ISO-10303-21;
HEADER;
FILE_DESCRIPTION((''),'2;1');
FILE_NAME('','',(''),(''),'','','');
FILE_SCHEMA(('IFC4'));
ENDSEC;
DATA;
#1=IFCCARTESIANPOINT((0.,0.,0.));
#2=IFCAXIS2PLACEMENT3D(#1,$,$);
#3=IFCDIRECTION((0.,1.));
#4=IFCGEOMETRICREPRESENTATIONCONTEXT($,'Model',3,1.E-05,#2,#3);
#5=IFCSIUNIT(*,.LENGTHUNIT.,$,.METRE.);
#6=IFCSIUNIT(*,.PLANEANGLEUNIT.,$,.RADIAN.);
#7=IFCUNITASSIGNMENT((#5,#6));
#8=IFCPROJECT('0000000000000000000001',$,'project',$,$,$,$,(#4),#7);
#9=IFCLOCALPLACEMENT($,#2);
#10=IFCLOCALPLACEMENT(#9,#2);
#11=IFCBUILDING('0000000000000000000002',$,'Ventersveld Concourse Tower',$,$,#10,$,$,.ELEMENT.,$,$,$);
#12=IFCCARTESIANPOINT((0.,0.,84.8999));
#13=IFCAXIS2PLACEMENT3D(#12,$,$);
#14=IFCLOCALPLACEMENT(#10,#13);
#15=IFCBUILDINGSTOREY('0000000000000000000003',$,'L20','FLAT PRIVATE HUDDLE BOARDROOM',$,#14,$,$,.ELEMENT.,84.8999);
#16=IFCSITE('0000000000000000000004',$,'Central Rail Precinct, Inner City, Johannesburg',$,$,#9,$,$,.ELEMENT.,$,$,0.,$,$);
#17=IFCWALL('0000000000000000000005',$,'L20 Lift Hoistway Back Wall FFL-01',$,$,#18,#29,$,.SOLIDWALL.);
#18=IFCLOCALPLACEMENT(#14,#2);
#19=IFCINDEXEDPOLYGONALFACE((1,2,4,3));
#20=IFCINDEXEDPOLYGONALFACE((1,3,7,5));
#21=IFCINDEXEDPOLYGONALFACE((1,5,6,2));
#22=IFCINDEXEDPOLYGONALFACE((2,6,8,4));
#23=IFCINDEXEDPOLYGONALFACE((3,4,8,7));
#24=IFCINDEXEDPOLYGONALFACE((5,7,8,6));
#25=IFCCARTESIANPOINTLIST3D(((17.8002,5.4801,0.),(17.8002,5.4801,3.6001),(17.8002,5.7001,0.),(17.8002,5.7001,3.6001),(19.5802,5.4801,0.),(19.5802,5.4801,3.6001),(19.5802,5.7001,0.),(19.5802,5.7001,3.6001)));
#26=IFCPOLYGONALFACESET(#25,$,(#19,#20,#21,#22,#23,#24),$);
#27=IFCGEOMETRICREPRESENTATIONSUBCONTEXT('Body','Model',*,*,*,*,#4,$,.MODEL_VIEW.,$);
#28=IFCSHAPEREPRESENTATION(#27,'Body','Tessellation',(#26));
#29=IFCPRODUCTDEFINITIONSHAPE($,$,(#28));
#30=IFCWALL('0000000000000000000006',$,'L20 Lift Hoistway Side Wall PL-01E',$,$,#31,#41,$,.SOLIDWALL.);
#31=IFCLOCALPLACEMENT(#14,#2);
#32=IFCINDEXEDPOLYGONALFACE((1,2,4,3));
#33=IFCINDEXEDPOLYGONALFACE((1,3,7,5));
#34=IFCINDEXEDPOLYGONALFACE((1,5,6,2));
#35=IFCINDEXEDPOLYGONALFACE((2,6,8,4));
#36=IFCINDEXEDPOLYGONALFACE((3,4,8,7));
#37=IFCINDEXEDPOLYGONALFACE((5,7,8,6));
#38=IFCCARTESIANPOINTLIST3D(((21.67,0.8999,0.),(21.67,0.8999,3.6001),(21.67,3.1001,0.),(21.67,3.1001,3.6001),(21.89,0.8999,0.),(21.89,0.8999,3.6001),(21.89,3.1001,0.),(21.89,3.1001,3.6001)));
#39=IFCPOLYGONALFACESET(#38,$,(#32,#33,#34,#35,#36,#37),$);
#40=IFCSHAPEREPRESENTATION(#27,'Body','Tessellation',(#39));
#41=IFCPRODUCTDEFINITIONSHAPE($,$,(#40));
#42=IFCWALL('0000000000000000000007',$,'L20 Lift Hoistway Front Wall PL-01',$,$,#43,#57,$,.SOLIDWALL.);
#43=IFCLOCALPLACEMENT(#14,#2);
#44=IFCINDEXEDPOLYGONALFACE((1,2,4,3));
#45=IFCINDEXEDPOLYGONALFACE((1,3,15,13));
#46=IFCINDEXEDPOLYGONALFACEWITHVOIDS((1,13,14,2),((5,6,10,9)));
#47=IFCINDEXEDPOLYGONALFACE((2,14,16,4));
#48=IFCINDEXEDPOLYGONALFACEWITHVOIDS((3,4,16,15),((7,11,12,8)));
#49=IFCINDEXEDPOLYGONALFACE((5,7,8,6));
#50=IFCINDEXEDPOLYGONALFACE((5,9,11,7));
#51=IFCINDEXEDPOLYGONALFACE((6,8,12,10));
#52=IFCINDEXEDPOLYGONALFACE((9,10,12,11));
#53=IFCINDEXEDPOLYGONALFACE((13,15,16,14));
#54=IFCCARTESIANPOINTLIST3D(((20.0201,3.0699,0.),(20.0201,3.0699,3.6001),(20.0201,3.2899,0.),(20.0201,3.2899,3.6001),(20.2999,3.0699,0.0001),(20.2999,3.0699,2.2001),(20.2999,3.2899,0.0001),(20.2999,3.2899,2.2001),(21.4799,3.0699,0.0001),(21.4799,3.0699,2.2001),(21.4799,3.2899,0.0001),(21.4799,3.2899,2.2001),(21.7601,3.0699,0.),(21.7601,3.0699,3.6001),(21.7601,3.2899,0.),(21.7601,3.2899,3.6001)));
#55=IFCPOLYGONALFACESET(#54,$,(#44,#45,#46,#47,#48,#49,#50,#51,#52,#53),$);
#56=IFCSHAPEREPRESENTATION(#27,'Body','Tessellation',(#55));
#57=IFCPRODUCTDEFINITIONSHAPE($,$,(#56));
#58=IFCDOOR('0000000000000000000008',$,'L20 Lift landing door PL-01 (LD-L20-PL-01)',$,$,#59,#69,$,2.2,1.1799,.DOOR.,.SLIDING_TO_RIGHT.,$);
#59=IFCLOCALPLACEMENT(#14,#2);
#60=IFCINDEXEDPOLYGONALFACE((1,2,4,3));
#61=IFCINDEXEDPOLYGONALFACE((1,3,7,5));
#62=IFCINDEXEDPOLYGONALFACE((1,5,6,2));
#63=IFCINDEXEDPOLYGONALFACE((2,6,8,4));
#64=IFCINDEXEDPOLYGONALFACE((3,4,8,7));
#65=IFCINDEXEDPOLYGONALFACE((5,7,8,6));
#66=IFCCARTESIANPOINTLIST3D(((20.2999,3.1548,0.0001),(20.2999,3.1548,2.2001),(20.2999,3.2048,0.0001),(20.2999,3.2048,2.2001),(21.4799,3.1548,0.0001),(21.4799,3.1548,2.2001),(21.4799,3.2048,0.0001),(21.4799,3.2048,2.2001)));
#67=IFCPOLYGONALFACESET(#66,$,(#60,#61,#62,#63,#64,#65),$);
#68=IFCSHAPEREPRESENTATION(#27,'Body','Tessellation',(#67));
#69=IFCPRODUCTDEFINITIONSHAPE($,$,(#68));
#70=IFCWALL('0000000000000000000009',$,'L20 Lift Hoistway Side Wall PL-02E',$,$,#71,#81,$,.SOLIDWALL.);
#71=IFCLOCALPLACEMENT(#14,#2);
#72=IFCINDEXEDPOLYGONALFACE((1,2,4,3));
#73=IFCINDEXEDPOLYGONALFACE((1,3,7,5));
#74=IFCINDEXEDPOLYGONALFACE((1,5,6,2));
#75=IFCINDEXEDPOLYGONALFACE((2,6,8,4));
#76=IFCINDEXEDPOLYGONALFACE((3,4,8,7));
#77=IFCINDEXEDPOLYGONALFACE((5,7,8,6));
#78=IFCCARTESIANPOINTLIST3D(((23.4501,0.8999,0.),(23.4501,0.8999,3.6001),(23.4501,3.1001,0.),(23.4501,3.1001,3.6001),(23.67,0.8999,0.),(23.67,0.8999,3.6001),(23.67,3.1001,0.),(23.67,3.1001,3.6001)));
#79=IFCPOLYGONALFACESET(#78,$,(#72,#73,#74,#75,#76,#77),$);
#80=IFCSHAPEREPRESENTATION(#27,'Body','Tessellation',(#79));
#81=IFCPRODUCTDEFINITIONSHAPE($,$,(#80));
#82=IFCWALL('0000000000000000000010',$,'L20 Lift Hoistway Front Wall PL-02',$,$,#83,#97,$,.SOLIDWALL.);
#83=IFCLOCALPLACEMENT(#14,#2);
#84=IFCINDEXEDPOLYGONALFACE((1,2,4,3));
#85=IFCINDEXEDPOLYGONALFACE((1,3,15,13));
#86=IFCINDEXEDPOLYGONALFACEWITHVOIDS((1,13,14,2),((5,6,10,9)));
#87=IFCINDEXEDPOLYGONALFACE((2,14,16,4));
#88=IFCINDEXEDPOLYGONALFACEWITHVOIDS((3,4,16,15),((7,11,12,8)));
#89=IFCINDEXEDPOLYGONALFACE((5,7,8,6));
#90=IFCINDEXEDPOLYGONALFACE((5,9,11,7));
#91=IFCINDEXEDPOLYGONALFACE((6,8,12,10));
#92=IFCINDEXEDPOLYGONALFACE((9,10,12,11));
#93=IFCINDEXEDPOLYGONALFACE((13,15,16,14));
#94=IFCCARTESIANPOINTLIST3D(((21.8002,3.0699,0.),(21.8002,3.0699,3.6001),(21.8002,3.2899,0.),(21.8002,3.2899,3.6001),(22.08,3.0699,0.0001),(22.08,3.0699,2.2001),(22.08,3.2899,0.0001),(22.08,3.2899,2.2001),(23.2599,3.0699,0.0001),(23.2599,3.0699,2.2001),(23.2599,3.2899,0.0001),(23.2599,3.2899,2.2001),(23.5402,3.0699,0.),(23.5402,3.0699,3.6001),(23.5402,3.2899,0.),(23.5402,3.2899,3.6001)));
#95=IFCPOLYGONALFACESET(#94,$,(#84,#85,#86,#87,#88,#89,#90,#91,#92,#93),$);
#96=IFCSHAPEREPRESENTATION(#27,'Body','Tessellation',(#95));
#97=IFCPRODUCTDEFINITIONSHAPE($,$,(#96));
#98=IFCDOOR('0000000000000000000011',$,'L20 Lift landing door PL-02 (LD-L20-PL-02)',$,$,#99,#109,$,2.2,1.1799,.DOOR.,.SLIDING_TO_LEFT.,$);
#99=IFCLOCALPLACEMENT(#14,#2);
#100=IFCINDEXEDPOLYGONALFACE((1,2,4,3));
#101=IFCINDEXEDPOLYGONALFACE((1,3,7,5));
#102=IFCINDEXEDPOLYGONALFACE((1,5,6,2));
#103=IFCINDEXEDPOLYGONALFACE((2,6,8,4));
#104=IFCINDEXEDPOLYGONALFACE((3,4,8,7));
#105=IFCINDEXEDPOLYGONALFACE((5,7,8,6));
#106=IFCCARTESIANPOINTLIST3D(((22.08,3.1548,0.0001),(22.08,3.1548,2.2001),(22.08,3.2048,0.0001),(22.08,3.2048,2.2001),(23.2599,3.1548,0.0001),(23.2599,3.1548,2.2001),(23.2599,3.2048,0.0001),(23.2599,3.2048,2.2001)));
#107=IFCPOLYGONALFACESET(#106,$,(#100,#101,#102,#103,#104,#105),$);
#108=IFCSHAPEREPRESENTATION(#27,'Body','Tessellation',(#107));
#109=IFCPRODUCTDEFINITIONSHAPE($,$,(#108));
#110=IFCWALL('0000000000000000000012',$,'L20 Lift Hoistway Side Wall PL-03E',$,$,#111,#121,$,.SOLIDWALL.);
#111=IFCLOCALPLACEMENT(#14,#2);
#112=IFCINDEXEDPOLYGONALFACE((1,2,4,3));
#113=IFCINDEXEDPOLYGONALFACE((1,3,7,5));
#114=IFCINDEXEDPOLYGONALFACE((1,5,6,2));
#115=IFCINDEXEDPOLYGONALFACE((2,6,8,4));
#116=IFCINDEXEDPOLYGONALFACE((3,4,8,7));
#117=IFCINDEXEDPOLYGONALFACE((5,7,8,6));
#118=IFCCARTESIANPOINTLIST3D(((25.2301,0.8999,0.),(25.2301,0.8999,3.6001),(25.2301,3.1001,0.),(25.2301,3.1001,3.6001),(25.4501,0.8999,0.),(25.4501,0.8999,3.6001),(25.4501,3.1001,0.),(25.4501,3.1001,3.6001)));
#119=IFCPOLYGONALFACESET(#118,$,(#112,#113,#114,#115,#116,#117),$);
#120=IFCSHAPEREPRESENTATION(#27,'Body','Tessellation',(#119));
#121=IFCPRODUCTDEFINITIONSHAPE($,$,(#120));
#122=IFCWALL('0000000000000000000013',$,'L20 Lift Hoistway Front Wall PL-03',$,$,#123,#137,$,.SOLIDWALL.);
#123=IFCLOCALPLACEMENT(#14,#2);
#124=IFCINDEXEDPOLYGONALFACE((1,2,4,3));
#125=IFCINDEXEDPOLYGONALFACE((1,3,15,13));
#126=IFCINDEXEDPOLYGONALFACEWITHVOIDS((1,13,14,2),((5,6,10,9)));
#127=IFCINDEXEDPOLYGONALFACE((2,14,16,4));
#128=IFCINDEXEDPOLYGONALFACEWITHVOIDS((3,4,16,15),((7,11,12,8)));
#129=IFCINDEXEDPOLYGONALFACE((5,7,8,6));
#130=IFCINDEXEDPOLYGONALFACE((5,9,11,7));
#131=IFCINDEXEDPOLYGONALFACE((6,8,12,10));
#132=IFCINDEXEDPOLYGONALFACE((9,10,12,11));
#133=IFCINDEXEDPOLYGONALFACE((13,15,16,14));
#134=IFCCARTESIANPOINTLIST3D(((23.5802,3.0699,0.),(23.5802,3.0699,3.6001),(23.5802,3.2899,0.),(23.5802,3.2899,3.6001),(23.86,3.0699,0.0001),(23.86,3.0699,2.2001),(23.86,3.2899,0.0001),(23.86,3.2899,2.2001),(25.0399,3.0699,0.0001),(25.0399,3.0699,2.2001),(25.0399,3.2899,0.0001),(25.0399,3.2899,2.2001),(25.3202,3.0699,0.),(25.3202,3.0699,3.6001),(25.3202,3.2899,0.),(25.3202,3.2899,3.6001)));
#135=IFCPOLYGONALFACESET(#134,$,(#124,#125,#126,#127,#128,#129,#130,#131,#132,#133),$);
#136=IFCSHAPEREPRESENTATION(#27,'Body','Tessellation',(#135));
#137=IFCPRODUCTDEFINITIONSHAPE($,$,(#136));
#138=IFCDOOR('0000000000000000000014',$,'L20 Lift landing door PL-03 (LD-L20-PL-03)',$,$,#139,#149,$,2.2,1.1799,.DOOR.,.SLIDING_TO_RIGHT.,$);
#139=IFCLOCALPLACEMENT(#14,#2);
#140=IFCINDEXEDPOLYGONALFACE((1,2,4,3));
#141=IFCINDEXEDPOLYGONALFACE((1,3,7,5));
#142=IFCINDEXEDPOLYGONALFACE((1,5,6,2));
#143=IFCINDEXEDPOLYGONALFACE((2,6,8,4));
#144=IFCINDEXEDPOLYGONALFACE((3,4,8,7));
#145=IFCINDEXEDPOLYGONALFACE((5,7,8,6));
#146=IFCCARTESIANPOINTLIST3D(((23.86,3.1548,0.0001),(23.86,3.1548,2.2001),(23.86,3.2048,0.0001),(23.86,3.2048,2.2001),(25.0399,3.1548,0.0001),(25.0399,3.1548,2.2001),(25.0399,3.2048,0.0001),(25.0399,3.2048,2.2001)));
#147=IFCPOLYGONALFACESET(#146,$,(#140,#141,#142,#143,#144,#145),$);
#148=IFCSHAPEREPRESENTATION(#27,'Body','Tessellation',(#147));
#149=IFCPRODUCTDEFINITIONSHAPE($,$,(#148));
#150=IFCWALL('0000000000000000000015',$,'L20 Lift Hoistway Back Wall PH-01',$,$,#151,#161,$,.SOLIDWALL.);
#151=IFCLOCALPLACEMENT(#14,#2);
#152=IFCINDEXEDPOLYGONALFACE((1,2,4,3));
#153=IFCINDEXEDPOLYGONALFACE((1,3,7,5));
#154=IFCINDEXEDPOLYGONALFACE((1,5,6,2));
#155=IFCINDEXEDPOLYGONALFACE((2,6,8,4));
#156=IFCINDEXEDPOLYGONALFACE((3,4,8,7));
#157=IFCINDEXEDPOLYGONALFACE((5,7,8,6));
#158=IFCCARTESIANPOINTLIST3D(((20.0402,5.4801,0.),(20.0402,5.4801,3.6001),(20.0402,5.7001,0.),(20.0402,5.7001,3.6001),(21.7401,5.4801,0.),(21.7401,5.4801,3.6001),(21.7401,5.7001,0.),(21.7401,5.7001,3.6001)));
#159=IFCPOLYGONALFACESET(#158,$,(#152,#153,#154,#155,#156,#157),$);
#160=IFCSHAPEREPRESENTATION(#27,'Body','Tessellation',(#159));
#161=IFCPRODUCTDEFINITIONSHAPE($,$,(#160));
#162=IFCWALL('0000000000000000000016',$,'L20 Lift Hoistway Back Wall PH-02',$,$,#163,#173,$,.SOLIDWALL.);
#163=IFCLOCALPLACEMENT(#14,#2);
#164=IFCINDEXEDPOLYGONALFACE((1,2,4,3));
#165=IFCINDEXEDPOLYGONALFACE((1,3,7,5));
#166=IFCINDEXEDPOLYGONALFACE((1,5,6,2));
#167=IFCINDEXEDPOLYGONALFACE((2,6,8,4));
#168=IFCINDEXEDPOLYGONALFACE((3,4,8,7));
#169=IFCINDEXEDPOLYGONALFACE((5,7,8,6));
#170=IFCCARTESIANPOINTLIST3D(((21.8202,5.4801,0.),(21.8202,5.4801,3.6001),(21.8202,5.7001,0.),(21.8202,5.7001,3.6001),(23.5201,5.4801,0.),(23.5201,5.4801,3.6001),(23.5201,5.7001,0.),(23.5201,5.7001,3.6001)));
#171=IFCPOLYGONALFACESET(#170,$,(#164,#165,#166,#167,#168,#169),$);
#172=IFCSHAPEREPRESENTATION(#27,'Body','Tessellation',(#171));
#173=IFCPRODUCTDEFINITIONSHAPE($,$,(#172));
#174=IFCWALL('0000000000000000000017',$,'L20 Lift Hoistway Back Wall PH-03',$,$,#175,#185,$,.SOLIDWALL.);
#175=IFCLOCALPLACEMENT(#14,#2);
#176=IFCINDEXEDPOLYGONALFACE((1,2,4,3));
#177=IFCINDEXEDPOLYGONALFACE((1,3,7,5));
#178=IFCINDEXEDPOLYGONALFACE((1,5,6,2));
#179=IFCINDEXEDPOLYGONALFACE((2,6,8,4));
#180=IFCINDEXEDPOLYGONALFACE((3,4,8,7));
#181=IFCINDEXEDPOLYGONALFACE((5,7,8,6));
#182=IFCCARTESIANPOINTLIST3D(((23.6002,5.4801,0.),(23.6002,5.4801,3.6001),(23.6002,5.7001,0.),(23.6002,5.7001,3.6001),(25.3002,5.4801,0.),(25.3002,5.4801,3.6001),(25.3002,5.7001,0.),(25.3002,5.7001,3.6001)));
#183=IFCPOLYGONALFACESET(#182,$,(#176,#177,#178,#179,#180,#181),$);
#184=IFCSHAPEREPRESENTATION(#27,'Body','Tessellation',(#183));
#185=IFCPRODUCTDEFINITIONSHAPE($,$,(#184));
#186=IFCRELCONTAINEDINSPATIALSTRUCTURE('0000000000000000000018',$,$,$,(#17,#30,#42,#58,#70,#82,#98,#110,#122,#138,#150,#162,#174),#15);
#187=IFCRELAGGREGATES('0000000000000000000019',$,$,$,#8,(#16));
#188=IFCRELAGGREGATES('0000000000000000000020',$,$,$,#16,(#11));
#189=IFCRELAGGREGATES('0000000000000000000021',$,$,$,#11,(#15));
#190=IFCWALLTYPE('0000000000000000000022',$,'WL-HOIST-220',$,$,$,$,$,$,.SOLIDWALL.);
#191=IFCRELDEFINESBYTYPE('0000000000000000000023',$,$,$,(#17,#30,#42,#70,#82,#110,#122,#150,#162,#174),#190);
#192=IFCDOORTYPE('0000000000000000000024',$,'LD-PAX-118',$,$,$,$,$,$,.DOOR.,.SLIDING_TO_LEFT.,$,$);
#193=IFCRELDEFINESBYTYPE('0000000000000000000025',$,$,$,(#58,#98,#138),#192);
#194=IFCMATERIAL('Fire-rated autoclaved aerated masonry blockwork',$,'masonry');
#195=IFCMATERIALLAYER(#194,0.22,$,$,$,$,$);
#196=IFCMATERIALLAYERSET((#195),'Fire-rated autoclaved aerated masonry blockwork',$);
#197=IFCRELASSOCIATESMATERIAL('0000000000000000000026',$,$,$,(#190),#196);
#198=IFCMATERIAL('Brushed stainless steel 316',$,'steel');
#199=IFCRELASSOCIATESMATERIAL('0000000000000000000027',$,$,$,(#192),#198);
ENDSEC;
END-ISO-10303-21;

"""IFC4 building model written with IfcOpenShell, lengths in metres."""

from ifc_helpers import new_model, si_unit, direction, frame, frame_2d, origin, place, context, subcontext, project, spatial, rectangle, extrude, material, layer, layer_set, type_object, element, fill, save


model = new_model("IFC4")

# Units and contexts
model_context = context("Model", 3, precision=1e-05, world=origin(), true_north=direction((0.0, 1.0)))
body_context = subcontext(model_context, "Body", "Model", "MODEL_VIEW")
ifc_project = project(units=[si_unit("LENGTHUNIT", "METRE"), si_unit("PLANEANGLEUNIT", "RADIAN")], contexts=[model_context])

# Site, building, storey
site_placement = place(None, origin())
site = spatial("IfcSite", under=ifc_project, at=site_placement, Name="Central Rail Precinct, Inner City, Johannesburg", CompositionType="ELEMENT", RefElevation=0.0)
building_placement = place(site_placement, origin())
building = spatial("IfcBuilding", under=site, at=building_placement, Name="Ventersveld Concourse Tower", CompositionType="ELEMENT")
storey_placement = place(building_placement, frame((0.0, 0.0, 84.8999)))
storey = spatial("IfcBuildingStorey", under=building, at=storey_placement, Name="L20", Description="FLAT PRIVATE HUDDLE BOARDROOM", CompositionType="ELEMENT", Elevation=84.8999)

# Walls
ifc_material_1 = material(Name="Fire-rated autoclaved aerated masonry blockwork", Category="masonry")
ifc_layer_1 = layer(ifc_material_1, 0.22)
ifc_layer_set_1 = layer_set([ifc_layer_1], Name="Fire-rated autoclaved aerated masonry blockwork")
wall_type_1 = type_object("IfcWallType", Name="WL-HOIST-220", PredefinedType="SOLIDWALL", material=ifc_layer_set_1)
wall_1_placement = place(storey_placement, frame((17.8, 5.5901, 0.0), z_axis=(0.0, 0.0, 1.0), x_axis=(1.0, 0.0, 0.0)))
element("IfcWall", 1, at=wall_1_placement, inside=storey, type_object=wall_type_1, Name="L20 Lift Hoistway Back Wall FFL-01", PredefinedType="SOLIDWALL", context=body_context, shape_type="SweptSolid", body=[
    extrude(rectangle(XDim=1.78, YDim=0.22, at=frame_2d((0.8901, 0.0))), origin(), (0.0, 0.0, 1.0), 3.6001),
])
wall_2_placement = place(storey_placement, frame((21.78, 0.8999, 0.0), z_axis=(0.0, 0.0, 1.0), x_axis=(0.0, 1.0, 0.0)))
element("IfcWall", 2, at=wall_2_placement, inside=storey, type_object=wall_type_1, Name="L20 Lift Hoistway Side Wall PL-01E", PredefinedType="SOLIDWALL", context=body_context, shape_type="SweptSolid", body=[
    extrude(rectangle(XDim=2.2002, YDim=0.22, at=frame_2d((1.1001, 0.0))), origin(), (0.0, 0.0, 1.0), 3.6001),
])

# Wall, opening, door
wall_3_placement = place(storey_placement, frame((20.02, 3.1799, 0.0), z_axis=(0.0, 0.0, 1.0), x_axis=(1.0, 0.0, 0.0)))
wall_3 = element("IfcWall", 3, at=wall_3_placement, inside=storey, type_object=wall_type_1, Name="L20 Lift Hoistway Front Wall PL-01", PredefinedType="SOLIDWALL", context=body_context, shape_type="SweptSolid", body=[
    extrude(rectangle(XDim=1.74, YDim=0.22, at=frame_2d((0.8701, 0.0))), origin(), (0.0, 0.0, 1.0), 3.6001),
])
opening_1_placement = place(wall_3_placement, frame((0.28, 0.0, 0.0)))
opening_1 = element("IfcOpeningElement", 4, at=opening_1_placement, cuts=wall_3, PredefinedType="OPENING", context=body_context, shape_type="SweptSolid", body=[
    extrude(rectangle(XDim=1.1799, YDim=2.2, at=frame_2d((0.5898, 1.1001))), frame((0.0, 0.1201, 0.0), z_axis=(0.0, -1.0, 0.0), x_axis=(1.0, 0.0, 0.0)), (0.0, 0.0, 1.0), 0.24),
])
ifc_material_2 = material(Name="Brushed stainless steel 316", Category="steel")
door_type = type_object("IfcDoorType", Name="LD-PAX-118", OperationType="SLIDING_TO_LEFT", PredefinedType="DOOR", material=ifc_material_2)
door_1_placement = place(opening_1_placement, origin())
door_1 = element("IfcDoor", 5, at=door_1_placement, inside=storey, type_object=door_type, Name="L20 Lift landing door PL-01 (LD-L20-PL-01)", OperationType="SLIDING_TO_RIGHT", OverallHeight=2.2, OverallWidth=1.1799, PredefinedType="DOOR", context=body_context, shape_type="SweptSolid", body=[
    extrude(rectangle(XDim=1.1799, YDim=2.2, at=frame_2d((0.5898, 1.1001))), frame((0.0, 0.0249, 0.0), z_axis=(0.0, -1.0, 0.0), x_axis=(1.0, 0.0, 0.0)), (0.0, 0.0, 1.0), 0.05),
])
fill(opening_1, door_1)

# Wall
wall_4_placement = place(storey_placement, frame((23.5601, 0.8999, 0.0), z_axis=(0.0, 0.0, 1.0), x_axis=(0.0, 1.0, 0.0)))
element("IfcWall", 6, at=wall_4_placement, inside=storey, type_object=wall_type_1, Name="L20 Lift Hoistway Side Wall PL-02E", PredefinedType="SOLIDWALL", context=body_context, shape_type="SweptSolid", body=[
    extrude(rectangle(XDim=2.2002, YDim=0.22, at=frame_2d((1.1001, 0.0))), origin(), (0.0, 0.0, 1.0), 3.6001),
])

# Wall, opening, door
wall_5_placement = place(storey_placement, frame((21.8, 3.1799, 0.0), z_axis=(0.0, 0.0, 1.0), x_axis=(1.0, 0.0, 0.0)))
wall_5 = element("IfcWall", 7, at=wall_5_placement, inside=storey, type_object=wall_type_1, Name="L20 Lift Hoistway Front Wall PL-02", PredefinedType="SOLIDWALL", context=body_context, shape_type="SweptSolid", body=[
    extrude(rectangle(XDim=1.74, YDim=0.22, at=frame_2d((0.8701, 0.0))), origin(), (0.0, 0.0, 1.0), 3.6001),
])
opening_2_placement = place(wall_5_placement, frame((0.28, 0.0, 0.0)))
opening_2 = element("IfcOpeningElement", 8, at=opening_2_placement, cuts=wall_5, PredefinedType="OPENING", context=body_context, shape_type="SweptSolid", body=[
    extrude(rectangle(XDim=1.1799, YDim=2.2, at=frame_2d((0.5898, 1.1001))), frame((0.0, 0.1201, 0.0), z_axis=(0.0, -1.0, 0.0), x_axis=(1.0, 0.0, 0.0)), (0.0, 0.0, 1.0), 0.24),
])
door_2_placement = place(opening_2_placement, origin())
door_2 = element("IfcDoor", 9, at=door_2_placement, inside=storey, type_object=door_type, Name="L20 Lift landing door PL-02 (LD-L20-PL-02)", OperationType="SLIDING_TO_LEFT", OverallHeight=2.2, OverallWidth=1.1799, PredefinedType="DOOR", context=body_context, shape_type="SweptSolid", body=[
    extrude(rectangle(XDim=1.1799, YDim=2.2, at=frame_2d((0.5898, 1.1001))), frame((0.0, 0.0249, 0.0), z_axis=(0.0, -1.0, 0.0), x_axis=(1.0, 0.0, 0.0)), (0.0, 0.0, 1.0), 0.05),
])
fill(opening_2, door_2)

# Wall
wall_6_placement = place(storey_placement, frame((25.3401, 0.8999, 0.0), z_axis=(0.0, 0.0, 1.0), x_axis=(0.0, 1.0, 0.0)))
element("IfcWall", 10, at=wall_6_placement, inside=storey, type_object=wall_type_1, Name="L20 Lift Hoistway Side Wall PL-03E", PredefinedType="SOLIDWALL", context=body_context, shape_type="SweptSolid", body=[
    extrude(rectangle(XDim=2.2002, YDim=0.22, at=frame_2d((1.1001, 0.0))), origin(), (0.0, 0.0, 1.0), 3.6001),
])

# Wall, opening, door
wall_7_placement = place(storey_placement, frame((23.5801, 3.1799, 0.0), z_axis=(0.0, 0.0, 1.0), x_axis=(1.0, 0.0, 0.0)))
wall_7 = element("IfcWall", 11, at=wall_7_placement, inside=storey, type_object=wall_type_1, Name="L20 Lift Hoistway Front Wall PL-03", PredefinedType="SOLIDWALL", context=body_context, shape_type="SweptSolid", body=[
    extrude(rectangle(XDim=1.74, YDim=0.22, at=frame_2d((0.8701, 0.0))), origin(), (0.0, 0.0, 1.0), 3.6001),
])
opening_3_placement = place(wall_7_placement, frame((0.28, 0.0, 0.0)))
opening_3 = element("IfcOpeningElement", 12, at=opening_3_placement, cuts=wall_7, PredefinedType="OPENING", context=body_context, shape_type="SweptSolid", body=[
    extrude(rectangle(XDim=1.1799, YDim=2.2, at=frame_2d((0.5898, 1.1001))), frame((0.0, 0.1201, 0.0), z_axis=(0.0, -1.0, 0.0), x_axis=(1.0, 0.0, 0.0)), (0.0, 0.0, 1.0), 0.24),
])
door_3_placement = place(opening_3_placement, origin())
door_3 = element("IfcDoor", 13, at=door_3_placement, inside=storey, type_object=door_type, Name="L20 Lift landing door PL-03 (LD-L20-PL-03)", OperationType="SLIDING_TO_RIGHT", OverallHeight=2.2, OverallWidth=1.1799, PredefinedType="DOOR", context=body_context, shape_type="SweptSolid", body=[
    extrude(rectangle(XDim=1.1799, YDim=2.2, at=frame_2d((0.5898, 1.1001))), frame((0.0, 0.0249, 0.0), z_axis=(0.0, -1.0, 0.0), x_axis=(1.0, 0.0, 0.0)), (0.0, 0.0, 1.0), 0.05),
])
fill(opening_3, door_3)

# Walls
for number, where, z_axis, x_axis, name in (
    (14, (20.04, 5.5901, 0.0), (0.0, 0.0, 1.0), (1.0, 0.0, 0.0), "L20 Lift Hoistway Back Wall PH-01"),
    (15, (21.8201, 5.5901, 0.0), (0.0, 0.0, 1.0), (1.0, 0.0, 0.0), "L20 Lift Hoistway Back Wall PH-02"),
    (16, (23.6001, 5.5901, 0.0), (0.0, 0.0, 1.0), (1.0, 0.0, 0.0), "L20 Lift Hoistway Back Wall PH-03"),
):
    element("IfcWall", number, at=place(storey_placement, frame(where, z_axis=z_axis, x_axis=x_axis)), inside=storey, type_object=wall_type_1, Name=name, PredefinedType="SOLIDWALL", context=body_context, shape_type="SweptSolid", body=[
        extrude(rectangle(XDim=1.7, YDim=0.22, at=frame_2d((0.8501, 0.0))), origin(), (0.0, 0.0, 1.0), 3.6001),
    ])

save(model, "model.ifc")
